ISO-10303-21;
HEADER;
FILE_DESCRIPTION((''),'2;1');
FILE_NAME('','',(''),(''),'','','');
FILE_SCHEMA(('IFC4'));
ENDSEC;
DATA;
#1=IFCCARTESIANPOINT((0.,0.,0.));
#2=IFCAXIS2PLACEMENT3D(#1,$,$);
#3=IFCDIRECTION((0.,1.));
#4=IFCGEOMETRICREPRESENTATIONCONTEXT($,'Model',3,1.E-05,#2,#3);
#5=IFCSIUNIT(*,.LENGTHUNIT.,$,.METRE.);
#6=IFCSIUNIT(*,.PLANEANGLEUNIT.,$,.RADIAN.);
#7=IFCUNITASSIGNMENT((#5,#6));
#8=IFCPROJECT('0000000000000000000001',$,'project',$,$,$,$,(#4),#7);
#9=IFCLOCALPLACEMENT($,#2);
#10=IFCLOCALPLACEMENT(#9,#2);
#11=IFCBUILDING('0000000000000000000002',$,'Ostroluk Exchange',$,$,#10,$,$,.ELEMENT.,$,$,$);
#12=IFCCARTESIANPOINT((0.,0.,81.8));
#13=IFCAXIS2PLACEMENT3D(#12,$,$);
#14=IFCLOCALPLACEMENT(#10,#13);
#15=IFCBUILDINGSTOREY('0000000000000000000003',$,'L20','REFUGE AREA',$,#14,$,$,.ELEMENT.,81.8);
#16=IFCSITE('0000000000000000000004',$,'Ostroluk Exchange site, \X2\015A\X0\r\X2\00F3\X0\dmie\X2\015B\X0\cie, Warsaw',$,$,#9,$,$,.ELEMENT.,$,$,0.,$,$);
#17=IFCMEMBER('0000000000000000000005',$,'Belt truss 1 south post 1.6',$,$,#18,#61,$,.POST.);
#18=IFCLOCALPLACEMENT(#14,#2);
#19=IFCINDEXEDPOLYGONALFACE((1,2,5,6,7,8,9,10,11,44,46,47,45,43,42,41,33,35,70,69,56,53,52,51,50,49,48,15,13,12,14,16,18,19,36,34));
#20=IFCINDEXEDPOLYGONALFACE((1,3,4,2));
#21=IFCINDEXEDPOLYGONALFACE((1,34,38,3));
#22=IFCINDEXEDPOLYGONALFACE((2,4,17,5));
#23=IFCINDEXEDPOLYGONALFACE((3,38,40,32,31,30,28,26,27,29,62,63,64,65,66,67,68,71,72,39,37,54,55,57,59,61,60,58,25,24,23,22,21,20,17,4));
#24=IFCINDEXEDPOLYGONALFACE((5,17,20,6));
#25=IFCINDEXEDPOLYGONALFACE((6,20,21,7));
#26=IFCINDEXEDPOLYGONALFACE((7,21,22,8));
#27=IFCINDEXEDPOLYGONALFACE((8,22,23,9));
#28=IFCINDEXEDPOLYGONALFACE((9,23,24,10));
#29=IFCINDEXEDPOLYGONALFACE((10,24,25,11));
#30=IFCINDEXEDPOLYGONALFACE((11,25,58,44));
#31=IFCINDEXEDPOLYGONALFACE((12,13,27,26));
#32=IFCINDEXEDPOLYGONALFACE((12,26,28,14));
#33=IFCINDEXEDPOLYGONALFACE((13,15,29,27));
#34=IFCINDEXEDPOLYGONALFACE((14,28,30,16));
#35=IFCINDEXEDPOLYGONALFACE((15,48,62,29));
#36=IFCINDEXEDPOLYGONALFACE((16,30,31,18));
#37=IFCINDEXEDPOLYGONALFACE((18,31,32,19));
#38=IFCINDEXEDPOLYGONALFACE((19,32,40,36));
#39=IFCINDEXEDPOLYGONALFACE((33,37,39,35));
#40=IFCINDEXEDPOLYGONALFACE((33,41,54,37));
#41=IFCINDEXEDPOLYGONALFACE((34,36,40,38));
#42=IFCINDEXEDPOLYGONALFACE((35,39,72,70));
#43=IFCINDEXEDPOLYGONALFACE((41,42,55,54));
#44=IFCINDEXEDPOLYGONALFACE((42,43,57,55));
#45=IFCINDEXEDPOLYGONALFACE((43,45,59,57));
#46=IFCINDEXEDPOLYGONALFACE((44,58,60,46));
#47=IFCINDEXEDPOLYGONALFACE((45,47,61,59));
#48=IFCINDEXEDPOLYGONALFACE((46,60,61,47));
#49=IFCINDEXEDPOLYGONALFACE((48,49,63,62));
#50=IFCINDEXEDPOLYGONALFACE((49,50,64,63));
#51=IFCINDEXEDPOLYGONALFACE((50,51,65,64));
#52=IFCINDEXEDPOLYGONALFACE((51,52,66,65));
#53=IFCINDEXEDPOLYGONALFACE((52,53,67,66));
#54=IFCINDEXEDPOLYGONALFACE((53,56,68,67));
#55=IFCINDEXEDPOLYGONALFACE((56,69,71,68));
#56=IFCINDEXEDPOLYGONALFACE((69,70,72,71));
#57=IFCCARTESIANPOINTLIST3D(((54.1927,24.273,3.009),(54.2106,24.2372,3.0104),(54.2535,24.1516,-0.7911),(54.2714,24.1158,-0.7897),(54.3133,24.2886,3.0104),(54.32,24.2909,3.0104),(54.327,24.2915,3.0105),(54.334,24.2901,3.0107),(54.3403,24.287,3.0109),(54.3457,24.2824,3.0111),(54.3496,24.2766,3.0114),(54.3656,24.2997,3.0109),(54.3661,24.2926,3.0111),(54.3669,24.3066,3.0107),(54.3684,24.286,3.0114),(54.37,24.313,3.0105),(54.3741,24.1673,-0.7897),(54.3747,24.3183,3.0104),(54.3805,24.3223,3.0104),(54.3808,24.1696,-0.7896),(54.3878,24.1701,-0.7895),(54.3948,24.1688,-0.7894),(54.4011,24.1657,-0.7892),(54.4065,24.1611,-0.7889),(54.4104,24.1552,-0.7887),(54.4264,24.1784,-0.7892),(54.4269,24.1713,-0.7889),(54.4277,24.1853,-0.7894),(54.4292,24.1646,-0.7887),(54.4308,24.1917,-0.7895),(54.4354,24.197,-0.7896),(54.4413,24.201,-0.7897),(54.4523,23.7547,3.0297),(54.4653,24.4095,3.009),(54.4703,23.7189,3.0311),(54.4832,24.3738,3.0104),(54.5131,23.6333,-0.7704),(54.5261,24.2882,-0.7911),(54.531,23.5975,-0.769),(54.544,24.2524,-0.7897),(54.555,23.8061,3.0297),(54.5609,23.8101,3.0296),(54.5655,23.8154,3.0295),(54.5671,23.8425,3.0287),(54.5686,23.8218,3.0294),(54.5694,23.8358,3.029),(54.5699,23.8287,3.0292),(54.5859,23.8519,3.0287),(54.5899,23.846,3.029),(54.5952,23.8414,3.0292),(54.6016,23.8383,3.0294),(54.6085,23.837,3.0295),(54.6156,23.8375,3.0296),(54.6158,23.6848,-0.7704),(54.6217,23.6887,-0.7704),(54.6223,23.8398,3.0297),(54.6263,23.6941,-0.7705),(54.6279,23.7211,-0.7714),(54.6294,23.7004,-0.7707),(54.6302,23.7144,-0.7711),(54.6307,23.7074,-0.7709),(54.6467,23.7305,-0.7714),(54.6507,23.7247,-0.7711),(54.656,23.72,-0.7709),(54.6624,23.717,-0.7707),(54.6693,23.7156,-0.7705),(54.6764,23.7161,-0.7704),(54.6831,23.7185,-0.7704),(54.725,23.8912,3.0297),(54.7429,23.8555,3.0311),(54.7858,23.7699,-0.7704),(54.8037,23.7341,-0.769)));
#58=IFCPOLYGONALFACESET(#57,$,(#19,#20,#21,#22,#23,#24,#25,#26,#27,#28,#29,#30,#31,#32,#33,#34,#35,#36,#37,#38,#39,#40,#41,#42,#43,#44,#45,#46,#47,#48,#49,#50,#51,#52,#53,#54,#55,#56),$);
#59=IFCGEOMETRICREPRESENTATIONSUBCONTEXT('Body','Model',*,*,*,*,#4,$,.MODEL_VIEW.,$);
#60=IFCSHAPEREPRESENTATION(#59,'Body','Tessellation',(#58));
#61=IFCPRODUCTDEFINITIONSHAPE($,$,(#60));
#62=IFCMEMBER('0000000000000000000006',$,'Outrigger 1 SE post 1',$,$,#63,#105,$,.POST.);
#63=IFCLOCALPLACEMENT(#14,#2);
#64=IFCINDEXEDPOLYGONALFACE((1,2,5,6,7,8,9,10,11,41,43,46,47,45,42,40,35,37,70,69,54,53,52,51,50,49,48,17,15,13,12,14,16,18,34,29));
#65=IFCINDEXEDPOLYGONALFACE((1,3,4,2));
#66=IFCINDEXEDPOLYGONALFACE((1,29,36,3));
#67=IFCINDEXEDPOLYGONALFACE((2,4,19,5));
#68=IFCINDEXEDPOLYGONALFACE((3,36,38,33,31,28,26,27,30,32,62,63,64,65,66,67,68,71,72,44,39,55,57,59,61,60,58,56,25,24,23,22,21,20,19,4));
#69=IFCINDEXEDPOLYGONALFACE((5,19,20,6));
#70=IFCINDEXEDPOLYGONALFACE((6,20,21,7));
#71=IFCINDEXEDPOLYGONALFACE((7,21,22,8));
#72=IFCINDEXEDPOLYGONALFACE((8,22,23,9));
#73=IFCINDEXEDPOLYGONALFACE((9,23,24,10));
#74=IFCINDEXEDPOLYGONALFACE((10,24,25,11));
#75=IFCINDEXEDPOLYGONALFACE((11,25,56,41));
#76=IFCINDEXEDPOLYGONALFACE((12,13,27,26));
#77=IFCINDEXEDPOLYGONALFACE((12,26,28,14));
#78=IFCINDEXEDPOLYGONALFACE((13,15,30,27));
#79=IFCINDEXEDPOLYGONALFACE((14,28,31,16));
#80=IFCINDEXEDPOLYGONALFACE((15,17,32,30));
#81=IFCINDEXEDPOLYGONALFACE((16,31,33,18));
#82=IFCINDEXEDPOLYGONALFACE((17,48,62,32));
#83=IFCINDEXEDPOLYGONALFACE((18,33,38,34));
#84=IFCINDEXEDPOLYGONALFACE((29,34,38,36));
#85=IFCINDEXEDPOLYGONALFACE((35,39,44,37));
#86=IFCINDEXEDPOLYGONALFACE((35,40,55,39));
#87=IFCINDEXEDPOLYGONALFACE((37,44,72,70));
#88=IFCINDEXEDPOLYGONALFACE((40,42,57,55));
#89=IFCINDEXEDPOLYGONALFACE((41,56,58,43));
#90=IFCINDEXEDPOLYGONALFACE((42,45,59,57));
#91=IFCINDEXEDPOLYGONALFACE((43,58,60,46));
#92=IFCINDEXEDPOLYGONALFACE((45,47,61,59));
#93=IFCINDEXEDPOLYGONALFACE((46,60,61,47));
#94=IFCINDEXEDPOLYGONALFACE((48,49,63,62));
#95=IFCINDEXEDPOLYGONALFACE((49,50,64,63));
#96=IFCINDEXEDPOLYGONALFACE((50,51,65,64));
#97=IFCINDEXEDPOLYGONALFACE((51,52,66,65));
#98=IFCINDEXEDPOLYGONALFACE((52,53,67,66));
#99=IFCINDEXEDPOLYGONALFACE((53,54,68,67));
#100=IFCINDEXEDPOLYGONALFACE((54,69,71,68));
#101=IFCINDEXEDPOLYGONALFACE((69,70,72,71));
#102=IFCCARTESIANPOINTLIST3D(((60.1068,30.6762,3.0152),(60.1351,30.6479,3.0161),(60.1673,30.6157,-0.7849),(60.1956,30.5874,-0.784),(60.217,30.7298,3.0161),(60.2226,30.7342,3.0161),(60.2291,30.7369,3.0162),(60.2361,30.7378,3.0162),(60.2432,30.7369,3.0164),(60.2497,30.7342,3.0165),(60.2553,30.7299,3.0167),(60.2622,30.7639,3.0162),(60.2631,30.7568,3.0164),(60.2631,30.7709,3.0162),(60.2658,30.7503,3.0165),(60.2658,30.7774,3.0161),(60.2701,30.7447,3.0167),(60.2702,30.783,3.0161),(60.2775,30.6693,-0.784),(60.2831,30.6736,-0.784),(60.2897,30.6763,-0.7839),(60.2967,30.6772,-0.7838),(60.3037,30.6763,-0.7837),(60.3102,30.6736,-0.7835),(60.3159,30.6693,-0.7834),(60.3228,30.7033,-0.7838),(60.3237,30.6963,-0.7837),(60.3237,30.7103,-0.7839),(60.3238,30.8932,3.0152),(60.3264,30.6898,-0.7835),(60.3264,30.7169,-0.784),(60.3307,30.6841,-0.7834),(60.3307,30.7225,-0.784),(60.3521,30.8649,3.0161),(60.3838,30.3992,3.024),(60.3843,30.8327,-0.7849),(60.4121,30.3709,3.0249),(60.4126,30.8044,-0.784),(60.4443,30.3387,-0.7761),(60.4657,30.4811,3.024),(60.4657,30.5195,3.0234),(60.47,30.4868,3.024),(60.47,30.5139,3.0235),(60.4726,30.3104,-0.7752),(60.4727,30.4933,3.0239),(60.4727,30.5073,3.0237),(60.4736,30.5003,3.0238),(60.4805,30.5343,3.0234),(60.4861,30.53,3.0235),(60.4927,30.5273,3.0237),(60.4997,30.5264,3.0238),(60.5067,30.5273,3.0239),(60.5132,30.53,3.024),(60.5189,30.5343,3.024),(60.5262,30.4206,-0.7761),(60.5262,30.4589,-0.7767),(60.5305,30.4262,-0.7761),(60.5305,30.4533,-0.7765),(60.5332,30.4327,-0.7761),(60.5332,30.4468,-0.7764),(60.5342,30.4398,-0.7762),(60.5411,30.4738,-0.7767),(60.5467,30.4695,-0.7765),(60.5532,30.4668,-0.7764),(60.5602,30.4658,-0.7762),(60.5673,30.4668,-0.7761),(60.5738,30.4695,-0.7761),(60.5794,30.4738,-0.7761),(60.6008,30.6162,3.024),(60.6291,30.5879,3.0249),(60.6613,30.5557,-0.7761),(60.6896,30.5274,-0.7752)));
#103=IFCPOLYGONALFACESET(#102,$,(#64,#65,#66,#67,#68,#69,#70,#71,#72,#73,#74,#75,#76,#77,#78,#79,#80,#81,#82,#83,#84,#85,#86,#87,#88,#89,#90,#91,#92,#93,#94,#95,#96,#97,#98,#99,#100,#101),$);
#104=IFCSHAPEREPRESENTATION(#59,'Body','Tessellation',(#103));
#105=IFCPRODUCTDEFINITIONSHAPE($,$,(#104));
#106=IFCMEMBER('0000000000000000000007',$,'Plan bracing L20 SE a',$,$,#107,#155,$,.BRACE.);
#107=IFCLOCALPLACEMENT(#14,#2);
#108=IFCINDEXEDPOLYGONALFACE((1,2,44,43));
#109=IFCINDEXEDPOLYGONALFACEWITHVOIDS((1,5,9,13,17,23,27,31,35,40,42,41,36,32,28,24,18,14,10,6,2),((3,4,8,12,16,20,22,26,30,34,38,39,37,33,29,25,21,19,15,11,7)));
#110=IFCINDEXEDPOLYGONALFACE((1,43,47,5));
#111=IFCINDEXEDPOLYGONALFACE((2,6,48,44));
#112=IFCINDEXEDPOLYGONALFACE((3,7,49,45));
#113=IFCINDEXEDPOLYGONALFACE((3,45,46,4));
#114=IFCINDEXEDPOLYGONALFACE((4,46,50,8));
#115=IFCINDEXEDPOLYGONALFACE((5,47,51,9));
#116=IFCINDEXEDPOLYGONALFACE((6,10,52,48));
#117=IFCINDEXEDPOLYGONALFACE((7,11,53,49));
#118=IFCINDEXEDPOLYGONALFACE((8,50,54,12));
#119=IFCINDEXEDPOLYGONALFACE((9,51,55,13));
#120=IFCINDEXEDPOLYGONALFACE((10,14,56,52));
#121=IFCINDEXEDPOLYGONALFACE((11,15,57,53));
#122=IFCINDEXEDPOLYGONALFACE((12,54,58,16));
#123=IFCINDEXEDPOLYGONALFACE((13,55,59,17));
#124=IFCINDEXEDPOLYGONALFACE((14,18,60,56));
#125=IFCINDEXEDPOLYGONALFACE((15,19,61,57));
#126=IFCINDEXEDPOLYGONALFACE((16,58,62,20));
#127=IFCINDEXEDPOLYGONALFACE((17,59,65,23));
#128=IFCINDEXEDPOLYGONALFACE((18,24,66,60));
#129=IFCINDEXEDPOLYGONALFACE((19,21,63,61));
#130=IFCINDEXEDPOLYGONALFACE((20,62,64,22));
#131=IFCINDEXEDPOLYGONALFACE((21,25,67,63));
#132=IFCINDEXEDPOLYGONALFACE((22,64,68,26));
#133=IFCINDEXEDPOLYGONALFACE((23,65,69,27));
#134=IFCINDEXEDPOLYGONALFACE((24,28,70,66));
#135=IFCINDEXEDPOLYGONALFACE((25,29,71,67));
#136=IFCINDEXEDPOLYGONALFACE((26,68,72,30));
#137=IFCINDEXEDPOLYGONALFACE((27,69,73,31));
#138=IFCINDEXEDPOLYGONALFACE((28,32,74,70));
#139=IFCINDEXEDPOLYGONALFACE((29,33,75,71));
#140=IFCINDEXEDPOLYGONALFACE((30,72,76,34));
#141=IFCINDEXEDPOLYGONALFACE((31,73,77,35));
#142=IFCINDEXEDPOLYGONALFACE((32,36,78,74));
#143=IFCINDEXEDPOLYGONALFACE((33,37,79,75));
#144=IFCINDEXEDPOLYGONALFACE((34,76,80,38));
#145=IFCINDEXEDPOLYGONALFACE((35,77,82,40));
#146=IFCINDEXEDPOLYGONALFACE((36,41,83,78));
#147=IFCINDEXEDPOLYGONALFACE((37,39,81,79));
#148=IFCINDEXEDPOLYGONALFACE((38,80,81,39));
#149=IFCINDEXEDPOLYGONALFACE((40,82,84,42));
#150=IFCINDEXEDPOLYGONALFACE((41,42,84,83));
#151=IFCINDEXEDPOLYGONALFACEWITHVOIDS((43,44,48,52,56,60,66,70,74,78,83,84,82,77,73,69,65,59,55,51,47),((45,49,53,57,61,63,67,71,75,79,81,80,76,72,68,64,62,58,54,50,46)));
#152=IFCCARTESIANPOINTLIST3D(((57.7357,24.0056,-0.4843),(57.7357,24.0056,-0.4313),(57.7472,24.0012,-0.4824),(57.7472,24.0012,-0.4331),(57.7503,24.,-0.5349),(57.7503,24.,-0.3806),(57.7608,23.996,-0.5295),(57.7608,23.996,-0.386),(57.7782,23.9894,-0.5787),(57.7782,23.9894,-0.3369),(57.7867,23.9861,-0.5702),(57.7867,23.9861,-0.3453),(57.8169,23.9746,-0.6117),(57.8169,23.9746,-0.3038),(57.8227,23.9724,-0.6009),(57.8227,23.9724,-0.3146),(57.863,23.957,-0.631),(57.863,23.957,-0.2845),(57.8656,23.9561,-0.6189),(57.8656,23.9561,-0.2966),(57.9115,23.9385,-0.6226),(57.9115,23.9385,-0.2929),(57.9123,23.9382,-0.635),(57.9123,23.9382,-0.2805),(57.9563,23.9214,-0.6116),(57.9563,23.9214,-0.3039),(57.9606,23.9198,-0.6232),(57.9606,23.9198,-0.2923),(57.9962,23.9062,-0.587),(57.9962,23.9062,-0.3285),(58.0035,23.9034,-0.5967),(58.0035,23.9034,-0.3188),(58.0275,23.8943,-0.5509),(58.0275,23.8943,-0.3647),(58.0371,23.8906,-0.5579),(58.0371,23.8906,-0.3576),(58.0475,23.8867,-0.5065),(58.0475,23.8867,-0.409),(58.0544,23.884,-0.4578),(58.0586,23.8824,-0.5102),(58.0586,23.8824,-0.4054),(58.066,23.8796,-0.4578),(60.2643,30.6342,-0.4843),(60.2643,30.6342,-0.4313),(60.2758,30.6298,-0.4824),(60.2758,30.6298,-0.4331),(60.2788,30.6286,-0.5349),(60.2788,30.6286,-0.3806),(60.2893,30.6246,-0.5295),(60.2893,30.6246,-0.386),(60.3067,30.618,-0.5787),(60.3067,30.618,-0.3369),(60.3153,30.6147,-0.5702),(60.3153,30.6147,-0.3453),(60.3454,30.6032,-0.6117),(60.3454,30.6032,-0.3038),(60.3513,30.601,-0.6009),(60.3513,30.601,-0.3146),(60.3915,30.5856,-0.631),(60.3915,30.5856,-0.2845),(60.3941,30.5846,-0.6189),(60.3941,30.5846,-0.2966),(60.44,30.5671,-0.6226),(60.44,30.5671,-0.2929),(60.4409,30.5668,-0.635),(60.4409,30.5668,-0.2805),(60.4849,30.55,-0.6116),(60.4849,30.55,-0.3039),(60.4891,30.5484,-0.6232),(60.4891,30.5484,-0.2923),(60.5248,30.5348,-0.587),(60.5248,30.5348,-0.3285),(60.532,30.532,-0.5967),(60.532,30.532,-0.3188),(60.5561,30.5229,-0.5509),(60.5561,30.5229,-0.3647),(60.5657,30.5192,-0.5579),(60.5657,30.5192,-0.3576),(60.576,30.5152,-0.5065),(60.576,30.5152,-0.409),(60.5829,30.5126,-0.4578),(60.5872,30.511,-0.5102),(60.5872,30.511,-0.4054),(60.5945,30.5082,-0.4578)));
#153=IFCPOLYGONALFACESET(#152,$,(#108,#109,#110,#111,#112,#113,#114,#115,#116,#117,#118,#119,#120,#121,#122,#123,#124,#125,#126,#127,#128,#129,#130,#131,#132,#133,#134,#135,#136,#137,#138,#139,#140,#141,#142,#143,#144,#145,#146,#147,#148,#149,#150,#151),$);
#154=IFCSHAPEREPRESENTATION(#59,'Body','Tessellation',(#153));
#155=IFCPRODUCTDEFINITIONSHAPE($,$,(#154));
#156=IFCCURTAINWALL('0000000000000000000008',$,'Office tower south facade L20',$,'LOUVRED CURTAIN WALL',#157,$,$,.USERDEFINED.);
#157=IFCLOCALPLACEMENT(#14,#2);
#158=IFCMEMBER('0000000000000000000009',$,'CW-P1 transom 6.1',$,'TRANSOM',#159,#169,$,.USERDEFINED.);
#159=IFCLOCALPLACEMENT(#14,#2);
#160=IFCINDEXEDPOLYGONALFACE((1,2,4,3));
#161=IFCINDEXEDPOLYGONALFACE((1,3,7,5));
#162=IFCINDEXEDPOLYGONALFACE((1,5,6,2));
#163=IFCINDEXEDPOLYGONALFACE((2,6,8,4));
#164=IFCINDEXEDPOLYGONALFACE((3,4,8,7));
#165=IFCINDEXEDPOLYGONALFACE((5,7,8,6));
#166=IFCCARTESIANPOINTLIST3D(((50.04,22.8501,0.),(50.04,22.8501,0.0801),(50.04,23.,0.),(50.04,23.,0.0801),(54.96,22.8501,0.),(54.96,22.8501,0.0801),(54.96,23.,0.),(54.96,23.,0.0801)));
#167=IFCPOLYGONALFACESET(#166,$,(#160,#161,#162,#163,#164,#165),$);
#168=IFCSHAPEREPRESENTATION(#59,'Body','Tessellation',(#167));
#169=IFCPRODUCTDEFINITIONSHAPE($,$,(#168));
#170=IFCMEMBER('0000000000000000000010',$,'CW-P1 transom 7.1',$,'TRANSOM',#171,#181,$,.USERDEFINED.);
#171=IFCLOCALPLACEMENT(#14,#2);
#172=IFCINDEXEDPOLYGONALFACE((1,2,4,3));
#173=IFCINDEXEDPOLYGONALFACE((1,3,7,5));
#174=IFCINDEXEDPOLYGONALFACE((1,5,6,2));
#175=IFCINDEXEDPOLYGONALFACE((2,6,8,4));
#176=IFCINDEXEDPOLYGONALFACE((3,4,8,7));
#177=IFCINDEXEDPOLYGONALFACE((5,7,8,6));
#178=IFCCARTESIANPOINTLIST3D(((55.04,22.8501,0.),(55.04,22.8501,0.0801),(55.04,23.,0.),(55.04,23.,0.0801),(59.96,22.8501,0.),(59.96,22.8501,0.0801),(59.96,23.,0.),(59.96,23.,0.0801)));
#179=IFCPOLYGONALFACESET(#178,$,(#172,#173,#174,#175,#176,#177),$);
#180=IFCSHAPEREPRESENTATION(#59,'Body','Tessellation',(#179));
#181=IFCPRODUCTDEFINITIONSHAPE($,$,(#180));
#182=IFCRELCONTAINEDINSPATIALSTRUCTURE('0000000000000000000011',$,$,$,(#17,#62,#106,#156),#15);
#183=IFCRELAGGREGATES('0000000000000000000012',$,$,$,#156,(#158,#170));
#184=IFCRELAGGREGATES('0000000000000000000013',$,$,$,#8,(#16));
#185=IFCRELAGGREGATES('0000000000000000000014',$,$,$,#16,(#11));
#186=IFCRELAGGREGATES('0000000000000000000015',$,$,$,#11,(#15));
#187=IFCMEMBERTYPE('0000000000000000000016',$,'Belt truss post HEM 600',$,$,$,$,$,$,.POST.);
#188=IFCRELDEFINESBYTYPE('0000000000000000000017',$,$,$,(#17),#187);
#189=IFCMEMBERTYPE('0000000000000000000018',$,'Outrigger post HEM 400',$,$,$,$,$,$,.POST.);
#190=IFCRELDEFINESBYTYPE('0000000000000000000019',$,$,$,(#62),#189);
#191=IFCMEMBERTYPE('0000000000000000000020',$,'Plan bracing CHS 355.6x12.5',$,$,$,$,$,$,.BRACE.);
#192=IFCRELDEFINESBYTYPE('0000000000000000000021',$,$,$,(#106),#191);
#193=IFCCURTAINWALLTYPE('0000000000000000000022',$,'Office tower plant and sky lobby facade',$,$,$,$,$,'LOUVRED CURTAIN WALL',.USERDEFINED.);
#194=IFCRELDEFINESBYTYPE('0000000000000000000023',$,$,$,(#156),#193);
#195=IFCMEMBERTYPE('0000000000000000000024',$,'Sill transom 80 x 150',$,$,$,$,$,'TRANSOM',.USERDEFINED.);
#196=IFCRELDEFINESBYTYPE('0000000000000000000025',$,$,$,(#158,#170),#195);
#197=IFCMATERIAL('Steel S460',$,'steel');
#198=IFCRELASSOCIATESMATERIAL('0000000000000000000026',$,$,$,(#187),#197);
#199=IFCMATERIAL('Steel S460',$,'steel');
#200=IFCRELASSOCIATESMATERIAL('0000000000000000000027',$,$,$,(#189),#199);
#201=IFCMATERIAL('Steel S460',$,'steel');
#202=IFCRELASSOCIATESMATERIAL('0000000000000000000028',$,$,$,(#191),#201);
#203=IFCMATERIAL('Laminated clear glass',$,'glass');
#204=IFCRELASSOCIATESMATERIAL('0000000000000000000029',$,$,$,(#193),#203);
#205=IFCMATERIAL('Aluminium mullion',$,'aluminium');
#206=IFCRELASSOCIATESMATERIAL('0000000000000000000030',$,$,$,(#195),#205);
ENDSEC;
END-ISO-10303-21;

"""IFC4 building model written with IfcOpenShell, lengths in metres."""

from ifc_helpers import new_model, si_unit, direction, frame, origin, origin_2d, place, context, subcontext, project, spatial, rectangle, hollow_circle, i_section, extrude, material, material_profile, profile_set, type_object, element, aggregate, save


model = new_model("IFC4")

# Units and contexts
model_context = context("Model", 3, precision=1e-05, world=origin(), true_north=direction((0.0, 1.0)))
body_context = subcontext(model_context, "Body", "Model", "MODEL_VIEW")
ifc_project = project(units=[si_unit("LENGTHUNIT", "METRE"), si_unit("PLANEANGLEUNIT", "RADIAN")], contexts=[model_context])

# Site, building, storey
site_placement = place(None, origin())
site = spatial("IfcSite", under=ifc_project, at=site_placement, Name="Ostroluk Exchange site, Śródmieście, Warsaw", CompositionType="ELEMENT", RefElevation=0.0)
building_placement = place(site_placement, origin())
building = spatial("IfcBuilding", under=site, at=building_placement, Name="Ostroluk Exchange", CompositionType="ELEMENT")
storey_placement = place(building_placement, frame((0.0, 0.0, 81.8)))
storey = spatial("IfcBuildingStorey", under=building, at=storey_placement, Name="L20", Description="REFUGE AREA", CompositionType="ELEMENT", Elevation=81.8)

# Members
ifc_material_1 = material(Name="Steel S460", Category="steel")
ifc_material_profile_1 = material_profile(ifc_material_1, i_section(OverallWidth=0.3049, OverallDepth=0.6201, WebThickness=0.021, FlangeThickness=0.04, FilletRadius=0.0271, at=origin_2d()), Name="HEM 600")
ifc_profile_set_1 = profile_set([ifc_material_profile_1], Name="Steel S460")
member_type_1 = type_object("IfcMemberType", Name="Belt truss post HEM 600", PredefinedType="POST", material=ifc_profile_set_1)
member_1_placement = place(storey_placement, frame((54.5286, 23.9429, -0.78), z_axis=(-0.015987, 0.03191, 0.999363), x_axis=(-0.894067, -0.447933, 0.0)))
element("IfcMember", 1, at=member_1_placement, inside=storey, type_object=member_type_1, Name="Belt truss 1 south post 1.6", PredefinedType="POST", context=body_context, shape_type="SweptSolid", body=[
    extrude(i_section(OverallWidth=0.3049, OverallDepth=0.6201, WebThickness=0.021, FlangeThickness=0.04, FilletRadius=0.0271, at=origin_2d()), origin(), (0.0, 0.0, 1.0), 3.8025),
])
ifc_material_2 = material(Name="Steel S460", Category="steel")
ifc_material_profile_2 = material_profile(ifc_material_2, i_section(OverallWidth=0.3069, OverallDepth=0.4319, WebThickness=0.021, FlangeThickness=0.04, FilletRadius=0.0271, at=origin_2d()), Name="HEM 400")
ifc_profile_set_2 = profile_set([ifc_material_profile_2], Name="Steel S460")
member_type_2 = type_object("IfcMemberType", Name="Outrigger post HEM 400", PredefinedType="POST", material=ifc_profile_set_2)
member_2_placement = place(storey_placement, frame((60.4285, 30.5715, -0.78), z_axis=(-0.015929, 0.015929, 0.999746), x_axis=(-0.707107, -0.707107, 0.0)))
element("IfcMember", 2, at=member_2_placement, inside=storey, type_object=member_type_2, Name="Outrigger 1 SE post 1", PredefinedType="POST", context=body_context, shape_type="SweptSolid", body=[
    extrude(i_section(OverallWidth=0.3069, OverallDepth=0.4319, WebThickness=0.021, FlangeThickness=0.04, FilletRadius=0.0271, at=origin_2d()), origin(), (0.0, 0.0, 1.0), 3.801),
])
ifc_material_3 = material(Name="Steel S460", Category="steel")
ifc_material_profile_3 = material_profile(ifc_material_3, hollow_circle(Radius=0.1777, WallThickness=0.0125, at=origin_2d()), Name="CHS 355.6x12.5")
ifc_profile_set_3 = profile_set([ifc_material_profile_3], Name="Steel S460")
member_type_3 = type_object("IfcMemberType", Name="Plan bracing CHS 355.6x12.5", PredefinedType="BRACE", material=ifc_profile_set_3)
member_3_placement = place(storey_placement, frame((60.4285, 30.5715, -0.4578), z_axis=(-0.356409, -0.93433, 0.0), x_axis=(0.93433, -0.356409, 0.0)))
element("IfcMember", 3, at=member_3_placement, inside=storey, type_object=member_type_3, Name="Plan bracing L20 SE a", PredefinedType="BRACE", context=body_context, shape_type="SweptSolid", body=[
    extrude(hollow_circle(Radius=0.1777, WallThickness=0.0125, at=origin_2d()), origin(), (0.0, 0.0, 1.0), 7.0945),
])

# Curtain wall, members
ifc_material_4 = material(Name="Laminated clear glass", Category="glass")
curtain_wall_type = type_object("IfcCurtainWallType", Name="Office tower plant and sky lobby facade", ElementType="LOUVRED CURTAIN WALL", PredefinedType="USERDEFINED", material=ifc_material_4)
curtain_wall_placement = place(storey_placement, origin())
curtain_wall = element("IfcCurtainWall", 4, at=curtain_wall_placement, inside=storey, type_object=curtain_wall_type, Name="Office tower south facade L20", ObjectType="LOUVRED CURTAIN WALL", PredefinedType="USERDEFINED")
ifc_material_5 = material(Name="Aluminium mullion", Category="aluminium")
ifc_material_profile_4 = material_profile(ifc_material_5, rectangle(XDim=0.1499, YDim=0.0801, at=origin_2d()), Name="Sill transom 80 x 150")
ifc_profile_set_4 = profile_set([ifc_material_profile_4], Name="Aluminium mullion")
member_type_4 = type_object("IfcMemberType", Name="Sill transom 80 x 150", ElementType="TRANSOM", PredefinedType="USERDEFINED", material=ifc_profile_set_4)
member_4_placement = place(storey_placement, frame((50.04, 22.925, 0.04), z_axis=(1.0, 0.0, 0.0), x_axis=(0.0, 1.0, 0.0)))
member_4 = element("IfcMember", 5, at=member_4_placement, type_object=member_type_4, Name="CW-P1 transom 6.1", ObjectType="TRANSOM", PredefinedType="USERDEFINED", context=body_context, shape_type="SweptSolid", body=[
    extrude(rectangle(XDim=0.1499, YDim=0.0801, at=origin_2d()), origin(), (0.0, 0.0, 1.0), 4.9199),
])
member_5_placement = place(storey_placement, frame((55.04, 22.925, 0.04), z_axis=(1.0, 0.0, 0.0), x_axis=(0.0, 1.0, 0.0)))
member_5 = element("IfcMember", 6, at=member_5_placement, type_object=member_type_4, Name="CW-P1 transom 7.1", ObjectType="TRANSOM", PredefinedType="USERDEFINED", context=body_context, shape_type="SweptSolid", body=[
    extrude(rectangle(XDim=0.1499, YDim=0.0801, at=origin_2d()), origin(), (0.0, 0.0, 1.0), 4.9199),
])
aggregate(curtain_wall, [member_4, member_5])

save(model, "model.ifc")
